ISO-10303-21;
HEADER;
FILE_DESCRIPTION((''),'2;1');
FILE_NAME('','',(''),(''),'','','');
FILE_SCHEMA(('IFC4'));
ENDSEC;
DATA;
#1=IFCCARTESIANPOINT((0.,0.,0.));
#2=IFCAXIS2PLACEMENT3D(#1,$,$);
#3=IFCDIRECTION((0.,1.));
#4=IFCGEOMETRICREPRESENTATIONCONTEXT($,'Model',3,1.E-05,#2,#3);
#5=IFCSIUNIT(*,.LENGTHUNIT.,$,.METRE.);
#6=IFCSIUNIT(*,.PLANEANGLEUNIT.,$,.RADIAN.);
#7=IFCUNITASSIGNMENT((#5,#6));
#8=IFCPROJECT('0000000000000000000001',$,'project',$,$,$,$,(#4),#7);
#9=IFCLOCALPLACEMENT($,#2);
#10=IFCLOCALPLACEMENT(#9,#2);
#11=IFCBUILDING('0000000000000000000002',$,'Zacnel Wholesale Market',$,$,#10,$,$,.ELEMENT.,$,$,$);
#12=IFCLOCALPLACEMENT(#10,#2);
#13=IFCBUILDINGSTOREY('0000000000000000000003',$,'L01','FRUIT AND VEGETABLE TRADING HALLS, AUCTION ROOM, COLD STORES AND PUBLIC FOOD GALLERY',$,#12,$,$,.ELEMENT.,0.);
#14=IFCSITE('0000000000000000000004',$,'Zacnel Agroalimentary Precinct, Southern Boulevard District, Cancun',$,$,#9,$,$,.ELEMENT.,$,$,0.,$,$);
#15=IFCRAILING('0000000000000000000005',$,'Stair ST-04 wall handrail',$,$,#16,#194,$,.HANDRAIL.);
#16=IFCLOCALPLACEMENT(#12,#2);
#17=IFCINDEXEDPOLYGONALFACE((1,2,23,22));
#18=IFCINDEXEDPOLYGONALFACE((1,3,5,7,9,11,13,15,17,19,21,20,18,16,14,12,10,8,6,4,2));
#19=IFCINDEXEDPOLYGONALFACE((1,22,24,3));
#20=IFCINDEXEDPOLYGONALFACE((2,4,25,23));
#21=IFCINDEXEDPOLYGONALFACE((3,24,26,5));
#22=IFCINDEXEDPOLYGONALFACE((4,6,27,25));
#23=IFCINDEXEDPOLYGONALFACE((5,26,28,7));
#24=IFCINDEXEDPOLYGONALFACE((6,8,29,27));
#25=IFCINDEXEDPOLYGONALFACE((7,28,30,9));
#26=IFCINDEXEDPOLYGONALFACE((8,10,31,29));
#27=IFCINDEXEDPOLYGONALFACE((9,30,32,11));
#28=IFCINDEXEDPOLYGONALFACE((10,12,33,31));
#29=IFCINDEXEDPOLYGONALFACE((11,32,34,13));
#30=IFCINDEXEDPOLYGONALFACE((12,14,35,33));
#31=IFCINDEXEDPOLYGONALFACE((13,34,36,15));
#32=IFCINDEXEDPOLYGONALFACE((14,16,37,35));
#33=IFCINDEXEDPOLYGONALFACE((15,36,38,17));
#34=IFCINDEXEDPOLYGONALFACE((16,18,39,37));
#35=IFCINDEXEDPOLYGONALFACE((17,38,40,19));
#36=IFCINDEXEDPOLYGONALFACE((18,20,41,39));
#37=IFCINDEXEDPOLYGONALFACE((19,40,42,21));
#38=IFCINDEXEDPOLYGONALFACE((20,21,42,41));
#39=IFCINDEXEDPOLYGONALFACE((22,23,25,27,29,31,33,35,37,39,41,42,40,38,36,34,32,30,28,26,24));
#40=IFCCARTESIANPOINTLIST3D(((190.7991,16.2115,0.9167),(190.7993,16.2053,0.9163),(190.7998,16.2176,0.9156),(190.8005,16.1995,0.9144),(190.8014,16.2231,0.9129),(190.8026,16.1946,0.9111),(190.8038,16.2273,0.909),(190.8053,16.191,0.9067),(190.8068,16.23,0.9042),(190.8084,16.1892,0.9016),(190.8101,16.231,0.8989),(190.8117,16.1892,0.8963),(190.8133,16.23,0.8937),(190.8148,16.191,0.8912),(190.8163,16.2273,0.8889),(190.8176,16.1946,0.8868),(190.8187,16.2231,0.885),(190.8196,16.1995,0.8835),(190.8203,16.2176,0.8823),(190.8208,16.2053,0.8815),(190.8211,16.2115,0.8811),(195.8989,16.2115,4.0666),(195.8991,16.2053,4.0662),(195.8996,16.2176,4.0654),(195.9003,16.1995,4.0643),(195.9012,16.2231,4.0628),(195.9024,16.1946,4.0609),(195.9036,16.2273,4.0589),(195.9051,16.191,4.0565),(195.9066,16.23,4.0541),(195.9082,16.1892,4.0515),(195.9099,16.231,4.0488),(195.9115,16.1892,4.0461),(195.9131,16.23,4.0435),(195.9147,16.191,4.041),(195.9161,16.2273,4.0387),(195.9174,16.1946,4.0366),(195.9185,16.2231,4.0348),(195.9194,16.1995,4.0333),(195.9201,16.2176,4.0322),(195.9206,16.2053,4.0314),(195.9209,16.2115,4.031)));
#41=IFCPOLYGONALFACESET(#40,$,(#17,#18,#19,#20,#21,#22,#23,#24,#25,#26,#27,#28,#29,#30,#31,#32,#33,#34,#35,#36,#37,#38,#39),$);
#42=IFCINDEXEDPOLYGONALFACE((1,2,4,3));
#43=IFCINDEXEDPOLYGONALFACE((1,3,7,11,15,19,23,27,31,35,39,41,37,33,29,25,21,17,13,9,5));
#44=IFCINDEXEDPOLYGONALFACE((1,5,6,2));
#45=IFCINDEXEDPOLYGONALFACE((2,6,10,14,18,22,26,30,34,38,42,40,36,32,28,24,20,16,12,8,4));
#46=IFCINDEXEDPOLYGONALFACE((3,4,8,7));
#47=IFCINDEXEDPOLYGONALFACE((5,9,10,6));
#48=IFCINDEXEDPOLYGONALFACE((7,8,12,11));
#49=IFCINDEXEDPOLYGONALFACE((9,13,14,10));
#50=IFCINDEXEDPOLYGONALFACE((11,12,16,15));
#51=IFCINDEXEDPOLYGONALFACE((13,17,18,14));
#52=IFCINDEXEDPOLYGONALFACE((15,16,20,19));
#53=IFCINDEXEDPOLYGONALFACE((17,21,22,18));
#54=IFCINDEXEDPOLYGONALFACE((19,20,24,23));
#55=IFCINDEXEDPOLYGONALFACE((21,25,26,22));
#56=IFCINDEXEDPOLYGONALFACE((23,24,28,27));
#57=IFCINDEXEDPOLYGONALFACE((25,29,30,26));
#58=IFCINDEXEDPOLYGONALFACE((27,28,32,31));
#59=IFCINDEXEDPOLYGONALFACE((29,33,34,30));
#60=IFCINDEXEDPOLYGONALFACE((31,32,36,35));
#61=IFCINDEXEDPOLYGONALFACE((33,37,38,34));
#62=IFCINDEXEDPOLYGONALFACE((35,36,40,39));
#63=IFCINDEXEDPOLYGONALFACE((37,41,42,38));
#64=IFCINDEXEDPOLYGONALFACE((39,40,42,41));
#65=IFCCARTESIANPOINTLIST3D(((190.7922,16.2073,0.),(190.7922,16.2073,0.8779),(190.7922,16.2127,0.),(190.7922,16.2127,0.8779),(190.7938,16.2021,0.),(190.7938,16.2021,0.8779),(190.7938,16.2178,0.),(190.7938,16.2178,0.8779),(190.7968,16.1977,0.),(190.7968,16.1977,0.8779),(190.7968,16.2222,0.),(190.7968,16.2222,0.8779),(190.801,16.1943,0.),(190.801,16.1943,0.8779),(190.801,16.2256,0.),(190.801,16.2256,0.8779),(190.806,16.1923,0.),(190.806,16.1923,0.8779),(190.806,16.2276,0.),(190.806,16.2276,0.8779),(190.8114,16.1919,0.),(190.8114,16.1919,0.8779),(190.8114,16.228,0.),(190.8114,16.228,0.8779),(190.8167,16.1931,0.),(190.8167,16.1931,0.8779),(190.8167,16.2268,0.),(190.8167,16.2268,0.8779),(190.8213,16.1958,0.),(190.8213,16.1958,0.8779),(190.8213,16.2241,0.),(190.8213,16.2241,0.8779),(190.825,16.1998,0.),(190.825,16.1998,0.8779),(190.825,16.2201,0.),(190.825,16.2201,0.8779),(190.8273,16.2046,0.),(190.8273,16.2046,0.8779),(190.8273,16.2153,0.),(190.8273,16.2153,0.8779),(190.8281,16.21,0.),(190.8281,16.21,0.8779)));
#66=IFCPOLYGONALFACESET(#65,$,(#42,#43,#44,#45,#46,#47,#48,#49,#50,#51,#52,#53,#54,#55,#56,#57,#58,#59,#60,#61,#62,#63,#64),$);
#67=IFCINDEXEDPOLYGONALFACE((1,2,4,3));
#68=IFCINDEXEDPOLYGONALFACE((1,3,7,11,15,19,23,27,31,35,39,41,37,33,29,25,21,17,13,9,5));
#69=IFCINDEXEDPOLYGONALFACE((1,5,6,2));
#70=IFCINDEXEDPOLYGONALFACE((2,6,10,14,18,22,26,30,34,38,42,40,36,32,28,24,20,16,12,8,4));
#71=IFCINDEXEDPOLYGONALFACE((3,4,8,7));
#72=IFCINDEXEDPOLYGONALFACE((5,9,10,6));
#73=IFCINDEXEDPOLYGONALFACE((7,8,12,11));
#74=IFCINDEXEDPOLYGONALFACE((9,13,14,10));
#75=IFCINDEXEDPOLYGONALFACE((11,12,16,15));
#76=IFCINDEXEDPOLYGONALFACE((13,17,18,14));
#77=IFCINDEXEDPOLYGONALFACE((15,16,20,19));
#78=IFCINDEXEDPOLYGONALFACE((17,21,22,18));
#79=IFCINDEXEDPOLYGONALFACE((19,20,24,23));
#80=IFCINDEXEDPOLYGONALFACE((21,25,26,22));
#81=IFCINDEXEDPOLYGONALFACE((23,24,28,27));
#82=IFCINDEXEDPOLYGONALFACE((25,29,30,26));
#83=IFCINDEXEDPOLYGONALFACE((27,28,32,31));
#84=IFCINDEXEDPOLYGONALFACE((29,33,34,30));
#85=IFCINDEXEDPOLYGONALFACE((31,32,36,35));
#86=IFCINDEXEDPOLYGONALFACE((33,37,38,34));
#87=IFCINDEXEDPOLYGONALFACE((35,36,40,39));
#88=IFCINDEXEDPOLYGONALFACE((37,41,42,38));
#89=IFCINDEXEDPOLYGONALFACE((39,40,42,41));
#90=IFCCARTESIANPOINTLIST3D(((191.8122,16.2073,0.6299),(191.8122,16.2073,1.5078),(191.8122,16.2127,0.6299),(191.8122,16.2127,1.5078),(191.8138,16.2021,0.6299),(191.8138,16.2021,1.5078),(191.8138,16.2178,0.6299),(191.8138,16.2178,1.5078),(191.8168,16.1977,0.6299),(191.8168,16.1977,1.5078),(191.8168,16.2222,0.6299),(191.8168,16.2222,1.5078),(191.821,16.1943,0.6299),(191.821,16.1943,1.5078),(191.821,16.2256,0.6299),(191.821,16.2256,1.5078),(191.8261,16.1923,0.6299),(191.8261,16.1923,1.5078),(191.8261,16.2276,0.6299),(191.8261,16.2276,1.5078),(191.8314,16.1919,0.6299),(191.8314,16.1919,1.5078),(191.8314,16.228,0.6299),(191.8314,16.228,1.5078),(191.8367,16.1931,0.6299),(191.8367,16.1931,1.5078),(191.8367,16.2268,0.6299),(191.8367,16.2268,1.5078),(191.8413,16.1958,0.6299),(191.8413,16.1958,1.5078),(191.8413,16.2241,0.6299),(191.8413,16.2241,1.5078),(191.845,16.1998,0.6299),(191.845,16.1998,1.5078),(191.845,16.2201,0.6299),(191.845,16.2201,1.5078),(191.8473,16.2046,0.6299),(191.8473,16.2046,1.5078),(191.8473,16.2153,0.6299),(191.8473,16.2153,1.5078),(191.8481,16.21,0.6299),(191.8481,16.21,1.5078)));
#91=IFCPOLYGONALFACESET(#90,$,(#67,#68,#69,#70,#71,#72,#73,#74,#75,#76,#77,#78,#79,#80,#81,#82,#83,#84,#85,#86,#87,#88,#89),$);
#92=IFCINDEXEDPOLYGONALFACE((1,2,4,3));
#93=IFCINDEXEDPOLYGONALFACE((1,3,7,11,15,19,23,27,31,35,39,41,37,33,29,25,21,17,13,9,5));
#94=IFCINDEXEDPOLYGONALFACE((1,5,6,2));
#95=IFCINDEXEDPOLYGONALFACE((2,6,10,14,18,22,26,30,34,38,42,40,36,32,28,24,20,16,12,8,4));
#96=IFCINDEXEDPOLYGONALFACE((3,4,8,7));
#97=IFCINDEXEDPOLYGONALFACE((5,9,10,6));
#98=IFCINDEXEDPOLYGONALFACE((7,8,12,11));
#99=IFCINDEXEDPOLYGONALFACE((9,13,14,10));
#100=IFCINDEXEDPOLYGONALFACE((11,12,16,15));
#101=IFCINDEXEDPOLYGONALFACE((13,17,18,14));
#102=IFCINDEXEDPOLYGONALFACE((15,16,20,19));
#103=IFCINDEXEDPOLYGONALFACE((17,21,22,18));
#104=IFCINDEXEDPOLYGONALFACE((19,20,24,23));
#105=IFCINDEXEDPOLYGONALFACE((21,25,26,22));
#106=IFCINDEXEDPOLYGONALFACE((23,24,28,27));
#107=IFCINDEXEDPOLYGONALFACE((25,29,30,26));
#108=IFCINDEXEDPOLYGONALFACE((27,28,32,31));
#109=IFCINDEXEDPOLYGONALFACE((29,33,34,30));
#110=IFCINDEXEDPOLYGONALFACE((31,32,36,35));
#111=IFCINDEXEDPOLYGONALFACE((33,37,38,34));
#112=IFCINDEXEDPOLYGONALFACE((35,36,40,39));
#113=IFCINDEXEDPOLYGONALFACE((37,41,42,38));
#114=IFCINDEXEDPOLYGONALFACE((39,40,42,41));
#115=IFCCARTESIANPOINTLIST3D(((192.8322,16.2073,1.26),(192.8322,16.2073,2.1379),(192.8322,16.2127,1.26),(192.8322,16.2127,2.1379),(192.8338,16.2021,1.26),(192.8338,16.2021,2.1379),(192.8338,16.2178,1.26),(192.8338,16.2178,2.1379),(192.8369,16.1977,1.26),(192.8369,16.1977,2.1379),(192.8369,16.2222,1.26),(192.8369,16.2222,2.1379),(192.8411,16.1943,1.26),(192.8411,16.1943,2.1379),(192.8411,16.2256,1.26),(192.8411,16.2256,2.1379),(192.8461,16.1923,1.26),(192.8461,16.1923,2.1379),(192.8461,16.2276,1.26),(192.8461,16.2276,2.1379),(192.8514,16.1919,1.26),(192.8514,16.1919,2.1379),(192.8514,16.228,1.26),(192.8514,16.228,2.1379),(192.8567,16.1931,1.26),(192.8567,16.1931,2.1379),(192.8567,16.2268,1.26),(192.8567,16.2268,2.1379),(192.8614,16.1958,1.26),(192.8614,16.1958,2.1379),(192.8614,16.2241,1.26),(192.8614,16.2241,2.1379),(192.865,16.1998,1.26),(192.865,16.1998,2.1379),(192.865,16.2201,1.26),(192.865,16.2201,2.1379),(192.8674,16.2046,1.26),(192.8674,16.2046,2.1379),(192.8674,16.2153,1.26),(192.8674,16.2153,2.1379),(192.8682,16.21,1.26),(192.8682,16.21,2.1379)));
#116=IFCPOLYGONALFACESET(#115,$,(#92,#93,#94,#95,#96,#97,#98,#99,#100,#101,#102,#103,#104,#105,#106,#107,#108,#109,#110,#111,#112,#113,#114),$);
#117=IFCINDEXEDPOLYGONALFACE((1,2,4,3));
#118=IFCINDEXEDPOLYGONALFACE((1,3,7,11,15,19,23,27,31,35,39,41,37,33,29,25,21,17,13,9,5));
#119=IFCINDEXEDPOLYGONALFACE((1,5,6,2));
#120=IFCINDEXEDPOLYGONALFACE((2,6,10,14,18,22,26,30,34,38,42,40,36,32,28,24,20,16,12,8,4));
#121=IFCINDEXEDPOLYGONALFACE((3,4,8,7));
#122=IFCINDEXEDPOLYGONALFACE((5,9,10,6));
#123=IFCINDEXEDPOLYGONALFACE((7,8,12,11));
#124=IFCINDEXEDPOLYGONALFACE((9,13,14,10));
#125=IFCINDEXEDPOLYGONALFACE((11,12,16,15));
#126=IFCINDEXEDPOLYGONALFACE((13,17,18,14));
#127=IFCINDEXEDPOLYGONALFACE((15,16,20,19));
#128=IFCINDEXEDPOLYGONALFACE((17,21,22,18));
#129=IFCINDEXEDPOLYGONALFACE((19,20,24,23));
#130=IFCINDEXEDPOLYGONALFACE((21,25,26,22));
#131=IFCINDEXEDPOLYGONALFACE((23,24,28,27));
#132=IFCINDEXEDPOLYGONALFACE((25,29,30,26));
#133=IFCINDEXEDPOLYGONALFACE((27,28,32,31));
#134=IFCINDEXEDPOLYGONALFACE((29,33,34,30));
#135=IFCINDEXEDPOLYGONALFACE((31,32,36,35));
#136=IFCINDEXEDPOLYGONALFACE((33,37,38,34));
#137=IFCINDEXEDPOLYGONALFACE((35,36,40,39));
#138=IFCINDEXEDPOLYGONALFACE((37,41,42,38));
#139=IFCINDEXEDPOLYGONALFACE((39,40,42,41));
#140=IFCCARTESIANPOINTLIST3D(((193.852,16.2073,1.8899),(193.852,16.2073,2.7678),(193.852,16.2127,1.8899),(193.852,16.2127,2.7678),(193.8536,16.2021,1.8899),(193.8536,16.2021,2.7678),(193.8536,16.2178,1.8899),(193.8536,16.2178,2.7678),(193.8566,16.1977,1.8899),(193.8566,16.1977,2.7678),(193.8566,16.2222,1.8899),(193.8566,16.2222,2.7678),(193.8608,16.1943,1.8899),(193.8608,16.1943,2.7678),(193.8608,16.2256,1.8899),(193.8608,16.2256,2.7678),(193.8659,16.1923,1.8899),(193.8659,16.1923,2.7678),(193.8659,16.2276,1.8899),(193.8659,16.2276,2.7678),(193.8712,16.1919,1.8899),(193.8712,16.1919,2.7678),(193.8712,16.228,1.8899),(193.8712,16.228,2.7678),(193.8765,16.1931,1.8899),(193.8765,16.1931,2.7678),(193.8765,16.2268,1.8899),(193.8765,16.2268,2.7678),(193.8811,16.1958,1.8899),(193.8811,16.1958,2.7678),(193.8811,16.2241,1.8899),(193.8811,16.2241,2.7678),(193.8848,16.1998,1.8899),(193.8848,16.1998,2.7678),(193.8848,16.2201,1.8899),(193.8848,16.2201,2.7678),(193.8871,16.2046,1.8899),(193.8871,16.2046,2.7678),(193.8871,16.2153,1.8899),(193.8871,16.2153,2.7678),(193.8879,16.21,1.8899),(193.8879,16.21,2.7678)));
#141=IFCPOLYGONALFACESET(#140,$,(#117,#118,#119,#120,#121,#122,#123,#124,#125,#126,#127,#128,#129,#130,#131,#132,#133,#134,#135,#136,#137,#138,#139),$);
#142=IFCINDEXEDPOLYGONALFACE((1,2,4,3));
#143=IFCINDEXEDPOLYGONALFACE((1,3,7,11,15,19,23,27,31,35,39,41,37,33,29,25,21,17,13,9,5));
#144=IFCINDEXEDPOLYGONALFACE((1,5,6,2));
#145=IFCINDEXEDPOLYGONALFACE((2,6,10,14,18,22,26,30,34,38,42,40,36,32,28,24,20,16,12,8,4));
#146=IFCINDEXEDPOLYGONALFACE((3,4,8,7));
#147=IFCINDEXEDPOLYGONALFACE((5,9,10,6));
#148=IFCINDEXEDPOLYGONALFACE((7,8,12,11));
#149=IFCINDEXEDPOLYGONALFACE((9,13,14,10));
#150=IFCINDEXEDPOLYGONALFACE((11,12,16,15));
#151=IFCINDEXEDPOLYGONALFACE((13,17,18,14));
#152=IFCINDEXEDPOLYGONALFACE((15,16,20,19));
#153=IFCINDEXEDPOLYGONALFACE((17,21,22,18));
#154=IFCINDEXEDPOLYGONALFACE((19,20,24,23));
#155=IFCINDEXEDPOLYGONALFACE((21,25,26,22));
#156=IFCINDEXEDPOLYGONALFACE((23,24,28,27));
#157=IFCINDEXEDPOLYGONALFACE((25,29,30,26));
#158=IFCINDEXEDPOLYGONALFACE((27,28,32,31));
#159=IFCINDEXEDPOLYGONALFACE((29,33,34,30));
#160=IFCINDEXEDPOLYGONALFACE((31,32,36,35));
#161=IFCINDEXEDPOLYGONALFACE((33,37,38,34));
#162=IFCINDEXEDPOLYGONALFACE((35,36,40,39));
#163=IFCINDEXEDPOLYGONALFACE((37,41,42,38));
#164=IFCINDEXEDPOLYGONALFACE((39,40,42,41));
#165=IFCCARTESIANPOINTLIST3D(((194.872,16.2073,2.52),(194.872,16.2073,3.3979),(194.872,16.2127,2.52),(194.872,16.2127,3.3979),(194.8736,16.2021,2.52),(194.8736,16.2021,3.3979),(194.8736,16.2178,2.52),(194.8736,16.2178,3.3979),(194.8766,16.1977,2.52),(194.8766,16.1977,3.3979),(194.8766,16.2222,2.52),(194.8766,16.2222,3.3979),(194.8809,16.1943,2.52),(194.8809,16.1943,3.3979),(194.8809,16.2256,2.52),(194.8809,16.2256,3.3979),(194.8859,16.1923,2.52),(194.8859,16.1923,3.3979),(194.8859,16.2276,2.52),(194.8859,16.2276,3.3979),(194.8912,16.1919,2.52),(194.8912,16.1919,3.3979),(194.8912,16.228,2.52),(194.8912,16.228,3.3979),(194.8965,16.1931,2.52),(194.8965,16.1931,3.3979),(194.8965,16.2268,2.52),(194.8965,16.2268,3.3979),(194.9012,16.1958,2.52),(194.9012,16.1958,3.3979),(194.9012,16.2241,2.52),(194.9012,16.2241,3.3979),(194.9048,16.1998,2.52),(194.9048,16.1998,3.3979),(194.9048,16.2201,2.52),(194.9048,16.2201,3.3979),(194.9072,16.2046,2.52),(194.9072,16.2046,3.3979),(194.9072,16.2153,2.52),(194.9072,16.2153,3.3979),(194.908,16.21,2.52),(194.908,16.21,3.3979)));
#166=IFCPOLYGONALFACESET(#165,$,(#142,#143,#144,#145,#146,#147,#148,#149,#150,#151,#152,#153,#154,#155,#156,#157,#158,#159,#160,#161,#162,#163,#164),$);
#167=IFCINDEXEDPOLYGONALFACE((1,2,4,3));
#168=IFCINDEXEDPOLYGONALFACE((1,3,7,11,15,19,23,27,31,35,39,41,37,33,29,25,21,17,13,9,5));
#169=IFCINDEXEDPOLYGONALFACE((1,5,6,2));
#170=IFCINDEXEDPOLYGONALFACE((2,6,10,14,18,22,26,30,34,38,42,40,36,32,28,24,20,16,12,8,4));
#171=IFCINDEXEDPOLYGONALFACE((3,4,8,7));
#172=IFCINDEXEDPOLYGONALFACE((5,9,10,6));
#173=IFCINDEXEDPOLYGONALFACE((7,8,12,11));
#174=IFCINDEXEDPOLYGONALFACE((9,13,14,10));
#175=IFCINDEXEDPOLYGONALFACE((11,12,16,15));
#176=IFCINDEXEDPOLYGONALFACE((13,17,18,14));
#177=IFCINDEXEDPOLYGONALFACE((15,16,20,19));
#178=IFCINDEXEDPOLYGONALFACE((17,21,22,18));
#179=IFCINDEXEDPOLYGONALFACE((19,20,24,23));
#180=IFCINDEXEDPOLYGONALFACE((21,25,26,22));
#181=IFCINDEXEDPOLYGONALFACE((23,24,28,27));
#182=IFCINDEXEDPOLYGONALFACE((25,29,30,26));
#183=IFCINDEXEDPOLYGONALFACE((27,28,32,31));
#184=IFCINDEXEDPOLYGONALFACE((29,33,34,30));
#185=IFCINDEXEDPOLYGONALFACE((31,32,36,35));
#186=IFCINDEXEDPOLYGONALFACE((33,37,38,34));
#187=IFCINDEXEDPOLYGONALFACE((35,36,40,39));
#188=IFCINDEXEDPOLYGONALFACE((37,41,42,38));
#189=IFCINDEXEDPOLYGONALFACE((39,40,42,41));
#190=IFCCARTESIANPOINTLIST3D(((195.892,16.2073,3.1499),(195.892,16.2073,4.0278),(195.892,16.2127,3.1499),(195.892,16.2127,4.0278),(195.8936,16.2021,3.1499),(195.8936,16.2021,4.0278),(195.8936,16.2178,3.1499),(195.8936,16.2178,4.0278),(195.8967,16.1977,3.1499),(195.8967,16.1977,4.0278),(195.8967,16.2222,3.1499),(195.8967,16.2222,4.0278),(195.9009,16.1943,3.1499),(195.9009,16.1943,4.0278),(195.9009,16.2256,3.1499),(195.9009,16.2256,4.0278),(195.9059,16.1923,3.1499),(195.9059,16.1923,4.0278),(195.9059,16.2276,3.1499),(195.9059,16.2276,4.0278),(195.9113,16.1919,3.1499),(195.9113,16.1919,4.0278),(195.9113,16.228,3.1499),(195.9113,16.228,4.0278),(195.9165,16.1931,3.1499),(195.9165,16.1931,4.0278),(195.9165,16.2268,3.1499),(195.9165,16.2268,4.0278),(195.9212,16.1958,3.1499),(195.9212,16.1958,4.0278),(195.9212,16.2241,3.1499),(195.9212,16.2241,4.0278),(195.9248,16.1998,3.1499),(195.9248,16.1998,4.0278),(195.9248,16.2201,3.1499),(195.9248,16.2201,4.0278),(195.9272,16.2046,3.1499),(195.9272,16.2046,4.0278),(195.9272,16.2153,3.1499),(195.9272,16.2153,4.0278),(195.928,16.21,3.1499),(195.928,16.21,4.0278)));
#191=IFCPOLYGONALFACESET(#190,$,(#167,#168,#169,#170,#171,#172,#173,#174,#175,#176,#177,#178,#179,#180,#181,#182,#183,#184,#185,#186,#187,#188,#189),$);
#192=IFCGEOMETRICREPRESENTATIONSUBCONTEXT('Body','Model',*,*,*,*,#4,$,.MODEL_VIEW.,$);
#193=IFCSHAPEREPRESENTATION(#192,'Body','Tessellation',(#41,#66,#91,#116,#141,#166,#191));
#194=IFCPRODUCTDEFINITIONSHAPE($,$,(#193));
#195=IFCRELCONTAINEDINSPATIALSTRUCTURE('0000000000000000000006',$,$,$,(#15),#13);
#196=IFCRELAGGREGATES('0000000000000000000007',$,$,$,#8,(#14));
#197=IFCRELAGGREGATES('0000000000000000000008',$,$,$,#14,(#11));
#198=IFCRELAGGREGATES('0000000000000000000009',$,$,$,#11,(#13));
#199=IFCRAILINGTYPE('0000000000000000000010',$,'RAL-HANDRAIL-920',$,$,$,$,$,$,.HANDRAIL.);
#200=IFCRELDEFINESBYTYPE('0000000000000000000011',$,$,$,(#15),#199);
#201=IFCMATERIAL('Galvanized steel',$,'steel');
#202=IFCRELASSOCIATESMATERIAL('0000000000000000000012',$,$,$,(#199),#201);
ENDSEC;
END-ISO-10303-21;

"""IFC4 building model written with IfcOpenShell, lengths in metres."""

from ifc_helpers import new_model, si_unit, direction, frame, origin, origin_2d, place, context, subcontext, project, spatial, circle, extrude, material, type_object, element, save


model = new_model("IFC4")

# Units and contexts
model_context = context("Model", 3, precision=1e-05, world=origin(), true_north=direction((0.0, 1.0)))
body_context = subcontext(model_context, "Body", "Model", "MODEL_VIEW")
ifc_project = project(units=[si_unit("LENGTHUNIT", "METRE"), si_unit("PLANEANGLEUNIT", "RADIAN")], contexts=[model_context])

# Site, building, storey
site_placement = place(None, origin())
site = spatial("IfcSite", under=ifc_project, at=site_placement, Name="Zacnel Agroalimentary Precinct, Southern Boulevard District, Cancun", CompositionType="ELEMENT", RefElevation=0.0)
building_placement = place(site_placement, origin())
building = spatial("IfcBuilding", under=site, at=building_placement, Name="Zacnel Wholesale Market", CompositionType="ELEMENT")
storey_placement = place(building_placement, origin())
storey = spatial("IfcBuildingStorey", under=building, at=storey_placement, Name="L01", Description="FRUIT AND VEGETABLE TRADING HALLS, AUCTION ROOM, COLD STORES AND PUBLIC FOOD GALLERY", CompositionType="ELEMENT", Elevation=0.0)

# Railing
ifc_material_1 = material(Name="Galvanized steel", Category="steel")
railing_type = type_object("IfcRailingType", Name="RAL-HANDRAIL-920", PredefinedType="HANDRAIL", material=ifc_material_1)
railing_placement = place(storey_placement, frame((190.8101, 16.21, 0.0)))
element("IfcRailing", 1, at=railing_placement, inside=storey, type_object=railing_type, Name="Stair ST-04 wall handrail", PredefinedType="HANDRAIL", context=body_context, shape_type="SweptSolid", body=[
    extrude(circle(Radius=0.021, at=origin_2d()), frame((0.0, 0.0, 0.8989), z_axis=(0.850799, 0.0, 0.525492), x_axis=(0.0, 1.0, 0.0)), (0.0, 0.0, 1.0), 5.9941),
    extrude(circle(Radius=0.0181, at=origin_2d()), origin(), (0.0, 0.0, 1.0), 0.8779),
    extrude(circle(Radius=0.0181, at=origin_2d()), frame((1.02, 0.0, 0.6299)), (0.0, 0.0, 1.0), 0.8779),
    extrude(circle(Radius=0.0181, at=origin_2d()), frame((2.04, 0.0, 1.26)), (0.0, 0.0, 1.0), 0.8779),
    extrude(circle(Radius=0.0181, at=origin_2d()), frame((3.0598, 0.0, 1.8899)), (0.0, 0.0, 1.0), 0.8779),
    extrude(circle(Radius=0.0181, at=origin_2d()), frame((4.0798, 0.0, 2.52)), (0.0, 0.0, 1.0), 0.8779),
    extrude(circle(Radius=0.0181, at=origin_2d()), frame((5.0999, 0.0, 3.1499)), (0.0, 0.0, 1.0), 0.8779),
])

save(model, "model.ifc")
